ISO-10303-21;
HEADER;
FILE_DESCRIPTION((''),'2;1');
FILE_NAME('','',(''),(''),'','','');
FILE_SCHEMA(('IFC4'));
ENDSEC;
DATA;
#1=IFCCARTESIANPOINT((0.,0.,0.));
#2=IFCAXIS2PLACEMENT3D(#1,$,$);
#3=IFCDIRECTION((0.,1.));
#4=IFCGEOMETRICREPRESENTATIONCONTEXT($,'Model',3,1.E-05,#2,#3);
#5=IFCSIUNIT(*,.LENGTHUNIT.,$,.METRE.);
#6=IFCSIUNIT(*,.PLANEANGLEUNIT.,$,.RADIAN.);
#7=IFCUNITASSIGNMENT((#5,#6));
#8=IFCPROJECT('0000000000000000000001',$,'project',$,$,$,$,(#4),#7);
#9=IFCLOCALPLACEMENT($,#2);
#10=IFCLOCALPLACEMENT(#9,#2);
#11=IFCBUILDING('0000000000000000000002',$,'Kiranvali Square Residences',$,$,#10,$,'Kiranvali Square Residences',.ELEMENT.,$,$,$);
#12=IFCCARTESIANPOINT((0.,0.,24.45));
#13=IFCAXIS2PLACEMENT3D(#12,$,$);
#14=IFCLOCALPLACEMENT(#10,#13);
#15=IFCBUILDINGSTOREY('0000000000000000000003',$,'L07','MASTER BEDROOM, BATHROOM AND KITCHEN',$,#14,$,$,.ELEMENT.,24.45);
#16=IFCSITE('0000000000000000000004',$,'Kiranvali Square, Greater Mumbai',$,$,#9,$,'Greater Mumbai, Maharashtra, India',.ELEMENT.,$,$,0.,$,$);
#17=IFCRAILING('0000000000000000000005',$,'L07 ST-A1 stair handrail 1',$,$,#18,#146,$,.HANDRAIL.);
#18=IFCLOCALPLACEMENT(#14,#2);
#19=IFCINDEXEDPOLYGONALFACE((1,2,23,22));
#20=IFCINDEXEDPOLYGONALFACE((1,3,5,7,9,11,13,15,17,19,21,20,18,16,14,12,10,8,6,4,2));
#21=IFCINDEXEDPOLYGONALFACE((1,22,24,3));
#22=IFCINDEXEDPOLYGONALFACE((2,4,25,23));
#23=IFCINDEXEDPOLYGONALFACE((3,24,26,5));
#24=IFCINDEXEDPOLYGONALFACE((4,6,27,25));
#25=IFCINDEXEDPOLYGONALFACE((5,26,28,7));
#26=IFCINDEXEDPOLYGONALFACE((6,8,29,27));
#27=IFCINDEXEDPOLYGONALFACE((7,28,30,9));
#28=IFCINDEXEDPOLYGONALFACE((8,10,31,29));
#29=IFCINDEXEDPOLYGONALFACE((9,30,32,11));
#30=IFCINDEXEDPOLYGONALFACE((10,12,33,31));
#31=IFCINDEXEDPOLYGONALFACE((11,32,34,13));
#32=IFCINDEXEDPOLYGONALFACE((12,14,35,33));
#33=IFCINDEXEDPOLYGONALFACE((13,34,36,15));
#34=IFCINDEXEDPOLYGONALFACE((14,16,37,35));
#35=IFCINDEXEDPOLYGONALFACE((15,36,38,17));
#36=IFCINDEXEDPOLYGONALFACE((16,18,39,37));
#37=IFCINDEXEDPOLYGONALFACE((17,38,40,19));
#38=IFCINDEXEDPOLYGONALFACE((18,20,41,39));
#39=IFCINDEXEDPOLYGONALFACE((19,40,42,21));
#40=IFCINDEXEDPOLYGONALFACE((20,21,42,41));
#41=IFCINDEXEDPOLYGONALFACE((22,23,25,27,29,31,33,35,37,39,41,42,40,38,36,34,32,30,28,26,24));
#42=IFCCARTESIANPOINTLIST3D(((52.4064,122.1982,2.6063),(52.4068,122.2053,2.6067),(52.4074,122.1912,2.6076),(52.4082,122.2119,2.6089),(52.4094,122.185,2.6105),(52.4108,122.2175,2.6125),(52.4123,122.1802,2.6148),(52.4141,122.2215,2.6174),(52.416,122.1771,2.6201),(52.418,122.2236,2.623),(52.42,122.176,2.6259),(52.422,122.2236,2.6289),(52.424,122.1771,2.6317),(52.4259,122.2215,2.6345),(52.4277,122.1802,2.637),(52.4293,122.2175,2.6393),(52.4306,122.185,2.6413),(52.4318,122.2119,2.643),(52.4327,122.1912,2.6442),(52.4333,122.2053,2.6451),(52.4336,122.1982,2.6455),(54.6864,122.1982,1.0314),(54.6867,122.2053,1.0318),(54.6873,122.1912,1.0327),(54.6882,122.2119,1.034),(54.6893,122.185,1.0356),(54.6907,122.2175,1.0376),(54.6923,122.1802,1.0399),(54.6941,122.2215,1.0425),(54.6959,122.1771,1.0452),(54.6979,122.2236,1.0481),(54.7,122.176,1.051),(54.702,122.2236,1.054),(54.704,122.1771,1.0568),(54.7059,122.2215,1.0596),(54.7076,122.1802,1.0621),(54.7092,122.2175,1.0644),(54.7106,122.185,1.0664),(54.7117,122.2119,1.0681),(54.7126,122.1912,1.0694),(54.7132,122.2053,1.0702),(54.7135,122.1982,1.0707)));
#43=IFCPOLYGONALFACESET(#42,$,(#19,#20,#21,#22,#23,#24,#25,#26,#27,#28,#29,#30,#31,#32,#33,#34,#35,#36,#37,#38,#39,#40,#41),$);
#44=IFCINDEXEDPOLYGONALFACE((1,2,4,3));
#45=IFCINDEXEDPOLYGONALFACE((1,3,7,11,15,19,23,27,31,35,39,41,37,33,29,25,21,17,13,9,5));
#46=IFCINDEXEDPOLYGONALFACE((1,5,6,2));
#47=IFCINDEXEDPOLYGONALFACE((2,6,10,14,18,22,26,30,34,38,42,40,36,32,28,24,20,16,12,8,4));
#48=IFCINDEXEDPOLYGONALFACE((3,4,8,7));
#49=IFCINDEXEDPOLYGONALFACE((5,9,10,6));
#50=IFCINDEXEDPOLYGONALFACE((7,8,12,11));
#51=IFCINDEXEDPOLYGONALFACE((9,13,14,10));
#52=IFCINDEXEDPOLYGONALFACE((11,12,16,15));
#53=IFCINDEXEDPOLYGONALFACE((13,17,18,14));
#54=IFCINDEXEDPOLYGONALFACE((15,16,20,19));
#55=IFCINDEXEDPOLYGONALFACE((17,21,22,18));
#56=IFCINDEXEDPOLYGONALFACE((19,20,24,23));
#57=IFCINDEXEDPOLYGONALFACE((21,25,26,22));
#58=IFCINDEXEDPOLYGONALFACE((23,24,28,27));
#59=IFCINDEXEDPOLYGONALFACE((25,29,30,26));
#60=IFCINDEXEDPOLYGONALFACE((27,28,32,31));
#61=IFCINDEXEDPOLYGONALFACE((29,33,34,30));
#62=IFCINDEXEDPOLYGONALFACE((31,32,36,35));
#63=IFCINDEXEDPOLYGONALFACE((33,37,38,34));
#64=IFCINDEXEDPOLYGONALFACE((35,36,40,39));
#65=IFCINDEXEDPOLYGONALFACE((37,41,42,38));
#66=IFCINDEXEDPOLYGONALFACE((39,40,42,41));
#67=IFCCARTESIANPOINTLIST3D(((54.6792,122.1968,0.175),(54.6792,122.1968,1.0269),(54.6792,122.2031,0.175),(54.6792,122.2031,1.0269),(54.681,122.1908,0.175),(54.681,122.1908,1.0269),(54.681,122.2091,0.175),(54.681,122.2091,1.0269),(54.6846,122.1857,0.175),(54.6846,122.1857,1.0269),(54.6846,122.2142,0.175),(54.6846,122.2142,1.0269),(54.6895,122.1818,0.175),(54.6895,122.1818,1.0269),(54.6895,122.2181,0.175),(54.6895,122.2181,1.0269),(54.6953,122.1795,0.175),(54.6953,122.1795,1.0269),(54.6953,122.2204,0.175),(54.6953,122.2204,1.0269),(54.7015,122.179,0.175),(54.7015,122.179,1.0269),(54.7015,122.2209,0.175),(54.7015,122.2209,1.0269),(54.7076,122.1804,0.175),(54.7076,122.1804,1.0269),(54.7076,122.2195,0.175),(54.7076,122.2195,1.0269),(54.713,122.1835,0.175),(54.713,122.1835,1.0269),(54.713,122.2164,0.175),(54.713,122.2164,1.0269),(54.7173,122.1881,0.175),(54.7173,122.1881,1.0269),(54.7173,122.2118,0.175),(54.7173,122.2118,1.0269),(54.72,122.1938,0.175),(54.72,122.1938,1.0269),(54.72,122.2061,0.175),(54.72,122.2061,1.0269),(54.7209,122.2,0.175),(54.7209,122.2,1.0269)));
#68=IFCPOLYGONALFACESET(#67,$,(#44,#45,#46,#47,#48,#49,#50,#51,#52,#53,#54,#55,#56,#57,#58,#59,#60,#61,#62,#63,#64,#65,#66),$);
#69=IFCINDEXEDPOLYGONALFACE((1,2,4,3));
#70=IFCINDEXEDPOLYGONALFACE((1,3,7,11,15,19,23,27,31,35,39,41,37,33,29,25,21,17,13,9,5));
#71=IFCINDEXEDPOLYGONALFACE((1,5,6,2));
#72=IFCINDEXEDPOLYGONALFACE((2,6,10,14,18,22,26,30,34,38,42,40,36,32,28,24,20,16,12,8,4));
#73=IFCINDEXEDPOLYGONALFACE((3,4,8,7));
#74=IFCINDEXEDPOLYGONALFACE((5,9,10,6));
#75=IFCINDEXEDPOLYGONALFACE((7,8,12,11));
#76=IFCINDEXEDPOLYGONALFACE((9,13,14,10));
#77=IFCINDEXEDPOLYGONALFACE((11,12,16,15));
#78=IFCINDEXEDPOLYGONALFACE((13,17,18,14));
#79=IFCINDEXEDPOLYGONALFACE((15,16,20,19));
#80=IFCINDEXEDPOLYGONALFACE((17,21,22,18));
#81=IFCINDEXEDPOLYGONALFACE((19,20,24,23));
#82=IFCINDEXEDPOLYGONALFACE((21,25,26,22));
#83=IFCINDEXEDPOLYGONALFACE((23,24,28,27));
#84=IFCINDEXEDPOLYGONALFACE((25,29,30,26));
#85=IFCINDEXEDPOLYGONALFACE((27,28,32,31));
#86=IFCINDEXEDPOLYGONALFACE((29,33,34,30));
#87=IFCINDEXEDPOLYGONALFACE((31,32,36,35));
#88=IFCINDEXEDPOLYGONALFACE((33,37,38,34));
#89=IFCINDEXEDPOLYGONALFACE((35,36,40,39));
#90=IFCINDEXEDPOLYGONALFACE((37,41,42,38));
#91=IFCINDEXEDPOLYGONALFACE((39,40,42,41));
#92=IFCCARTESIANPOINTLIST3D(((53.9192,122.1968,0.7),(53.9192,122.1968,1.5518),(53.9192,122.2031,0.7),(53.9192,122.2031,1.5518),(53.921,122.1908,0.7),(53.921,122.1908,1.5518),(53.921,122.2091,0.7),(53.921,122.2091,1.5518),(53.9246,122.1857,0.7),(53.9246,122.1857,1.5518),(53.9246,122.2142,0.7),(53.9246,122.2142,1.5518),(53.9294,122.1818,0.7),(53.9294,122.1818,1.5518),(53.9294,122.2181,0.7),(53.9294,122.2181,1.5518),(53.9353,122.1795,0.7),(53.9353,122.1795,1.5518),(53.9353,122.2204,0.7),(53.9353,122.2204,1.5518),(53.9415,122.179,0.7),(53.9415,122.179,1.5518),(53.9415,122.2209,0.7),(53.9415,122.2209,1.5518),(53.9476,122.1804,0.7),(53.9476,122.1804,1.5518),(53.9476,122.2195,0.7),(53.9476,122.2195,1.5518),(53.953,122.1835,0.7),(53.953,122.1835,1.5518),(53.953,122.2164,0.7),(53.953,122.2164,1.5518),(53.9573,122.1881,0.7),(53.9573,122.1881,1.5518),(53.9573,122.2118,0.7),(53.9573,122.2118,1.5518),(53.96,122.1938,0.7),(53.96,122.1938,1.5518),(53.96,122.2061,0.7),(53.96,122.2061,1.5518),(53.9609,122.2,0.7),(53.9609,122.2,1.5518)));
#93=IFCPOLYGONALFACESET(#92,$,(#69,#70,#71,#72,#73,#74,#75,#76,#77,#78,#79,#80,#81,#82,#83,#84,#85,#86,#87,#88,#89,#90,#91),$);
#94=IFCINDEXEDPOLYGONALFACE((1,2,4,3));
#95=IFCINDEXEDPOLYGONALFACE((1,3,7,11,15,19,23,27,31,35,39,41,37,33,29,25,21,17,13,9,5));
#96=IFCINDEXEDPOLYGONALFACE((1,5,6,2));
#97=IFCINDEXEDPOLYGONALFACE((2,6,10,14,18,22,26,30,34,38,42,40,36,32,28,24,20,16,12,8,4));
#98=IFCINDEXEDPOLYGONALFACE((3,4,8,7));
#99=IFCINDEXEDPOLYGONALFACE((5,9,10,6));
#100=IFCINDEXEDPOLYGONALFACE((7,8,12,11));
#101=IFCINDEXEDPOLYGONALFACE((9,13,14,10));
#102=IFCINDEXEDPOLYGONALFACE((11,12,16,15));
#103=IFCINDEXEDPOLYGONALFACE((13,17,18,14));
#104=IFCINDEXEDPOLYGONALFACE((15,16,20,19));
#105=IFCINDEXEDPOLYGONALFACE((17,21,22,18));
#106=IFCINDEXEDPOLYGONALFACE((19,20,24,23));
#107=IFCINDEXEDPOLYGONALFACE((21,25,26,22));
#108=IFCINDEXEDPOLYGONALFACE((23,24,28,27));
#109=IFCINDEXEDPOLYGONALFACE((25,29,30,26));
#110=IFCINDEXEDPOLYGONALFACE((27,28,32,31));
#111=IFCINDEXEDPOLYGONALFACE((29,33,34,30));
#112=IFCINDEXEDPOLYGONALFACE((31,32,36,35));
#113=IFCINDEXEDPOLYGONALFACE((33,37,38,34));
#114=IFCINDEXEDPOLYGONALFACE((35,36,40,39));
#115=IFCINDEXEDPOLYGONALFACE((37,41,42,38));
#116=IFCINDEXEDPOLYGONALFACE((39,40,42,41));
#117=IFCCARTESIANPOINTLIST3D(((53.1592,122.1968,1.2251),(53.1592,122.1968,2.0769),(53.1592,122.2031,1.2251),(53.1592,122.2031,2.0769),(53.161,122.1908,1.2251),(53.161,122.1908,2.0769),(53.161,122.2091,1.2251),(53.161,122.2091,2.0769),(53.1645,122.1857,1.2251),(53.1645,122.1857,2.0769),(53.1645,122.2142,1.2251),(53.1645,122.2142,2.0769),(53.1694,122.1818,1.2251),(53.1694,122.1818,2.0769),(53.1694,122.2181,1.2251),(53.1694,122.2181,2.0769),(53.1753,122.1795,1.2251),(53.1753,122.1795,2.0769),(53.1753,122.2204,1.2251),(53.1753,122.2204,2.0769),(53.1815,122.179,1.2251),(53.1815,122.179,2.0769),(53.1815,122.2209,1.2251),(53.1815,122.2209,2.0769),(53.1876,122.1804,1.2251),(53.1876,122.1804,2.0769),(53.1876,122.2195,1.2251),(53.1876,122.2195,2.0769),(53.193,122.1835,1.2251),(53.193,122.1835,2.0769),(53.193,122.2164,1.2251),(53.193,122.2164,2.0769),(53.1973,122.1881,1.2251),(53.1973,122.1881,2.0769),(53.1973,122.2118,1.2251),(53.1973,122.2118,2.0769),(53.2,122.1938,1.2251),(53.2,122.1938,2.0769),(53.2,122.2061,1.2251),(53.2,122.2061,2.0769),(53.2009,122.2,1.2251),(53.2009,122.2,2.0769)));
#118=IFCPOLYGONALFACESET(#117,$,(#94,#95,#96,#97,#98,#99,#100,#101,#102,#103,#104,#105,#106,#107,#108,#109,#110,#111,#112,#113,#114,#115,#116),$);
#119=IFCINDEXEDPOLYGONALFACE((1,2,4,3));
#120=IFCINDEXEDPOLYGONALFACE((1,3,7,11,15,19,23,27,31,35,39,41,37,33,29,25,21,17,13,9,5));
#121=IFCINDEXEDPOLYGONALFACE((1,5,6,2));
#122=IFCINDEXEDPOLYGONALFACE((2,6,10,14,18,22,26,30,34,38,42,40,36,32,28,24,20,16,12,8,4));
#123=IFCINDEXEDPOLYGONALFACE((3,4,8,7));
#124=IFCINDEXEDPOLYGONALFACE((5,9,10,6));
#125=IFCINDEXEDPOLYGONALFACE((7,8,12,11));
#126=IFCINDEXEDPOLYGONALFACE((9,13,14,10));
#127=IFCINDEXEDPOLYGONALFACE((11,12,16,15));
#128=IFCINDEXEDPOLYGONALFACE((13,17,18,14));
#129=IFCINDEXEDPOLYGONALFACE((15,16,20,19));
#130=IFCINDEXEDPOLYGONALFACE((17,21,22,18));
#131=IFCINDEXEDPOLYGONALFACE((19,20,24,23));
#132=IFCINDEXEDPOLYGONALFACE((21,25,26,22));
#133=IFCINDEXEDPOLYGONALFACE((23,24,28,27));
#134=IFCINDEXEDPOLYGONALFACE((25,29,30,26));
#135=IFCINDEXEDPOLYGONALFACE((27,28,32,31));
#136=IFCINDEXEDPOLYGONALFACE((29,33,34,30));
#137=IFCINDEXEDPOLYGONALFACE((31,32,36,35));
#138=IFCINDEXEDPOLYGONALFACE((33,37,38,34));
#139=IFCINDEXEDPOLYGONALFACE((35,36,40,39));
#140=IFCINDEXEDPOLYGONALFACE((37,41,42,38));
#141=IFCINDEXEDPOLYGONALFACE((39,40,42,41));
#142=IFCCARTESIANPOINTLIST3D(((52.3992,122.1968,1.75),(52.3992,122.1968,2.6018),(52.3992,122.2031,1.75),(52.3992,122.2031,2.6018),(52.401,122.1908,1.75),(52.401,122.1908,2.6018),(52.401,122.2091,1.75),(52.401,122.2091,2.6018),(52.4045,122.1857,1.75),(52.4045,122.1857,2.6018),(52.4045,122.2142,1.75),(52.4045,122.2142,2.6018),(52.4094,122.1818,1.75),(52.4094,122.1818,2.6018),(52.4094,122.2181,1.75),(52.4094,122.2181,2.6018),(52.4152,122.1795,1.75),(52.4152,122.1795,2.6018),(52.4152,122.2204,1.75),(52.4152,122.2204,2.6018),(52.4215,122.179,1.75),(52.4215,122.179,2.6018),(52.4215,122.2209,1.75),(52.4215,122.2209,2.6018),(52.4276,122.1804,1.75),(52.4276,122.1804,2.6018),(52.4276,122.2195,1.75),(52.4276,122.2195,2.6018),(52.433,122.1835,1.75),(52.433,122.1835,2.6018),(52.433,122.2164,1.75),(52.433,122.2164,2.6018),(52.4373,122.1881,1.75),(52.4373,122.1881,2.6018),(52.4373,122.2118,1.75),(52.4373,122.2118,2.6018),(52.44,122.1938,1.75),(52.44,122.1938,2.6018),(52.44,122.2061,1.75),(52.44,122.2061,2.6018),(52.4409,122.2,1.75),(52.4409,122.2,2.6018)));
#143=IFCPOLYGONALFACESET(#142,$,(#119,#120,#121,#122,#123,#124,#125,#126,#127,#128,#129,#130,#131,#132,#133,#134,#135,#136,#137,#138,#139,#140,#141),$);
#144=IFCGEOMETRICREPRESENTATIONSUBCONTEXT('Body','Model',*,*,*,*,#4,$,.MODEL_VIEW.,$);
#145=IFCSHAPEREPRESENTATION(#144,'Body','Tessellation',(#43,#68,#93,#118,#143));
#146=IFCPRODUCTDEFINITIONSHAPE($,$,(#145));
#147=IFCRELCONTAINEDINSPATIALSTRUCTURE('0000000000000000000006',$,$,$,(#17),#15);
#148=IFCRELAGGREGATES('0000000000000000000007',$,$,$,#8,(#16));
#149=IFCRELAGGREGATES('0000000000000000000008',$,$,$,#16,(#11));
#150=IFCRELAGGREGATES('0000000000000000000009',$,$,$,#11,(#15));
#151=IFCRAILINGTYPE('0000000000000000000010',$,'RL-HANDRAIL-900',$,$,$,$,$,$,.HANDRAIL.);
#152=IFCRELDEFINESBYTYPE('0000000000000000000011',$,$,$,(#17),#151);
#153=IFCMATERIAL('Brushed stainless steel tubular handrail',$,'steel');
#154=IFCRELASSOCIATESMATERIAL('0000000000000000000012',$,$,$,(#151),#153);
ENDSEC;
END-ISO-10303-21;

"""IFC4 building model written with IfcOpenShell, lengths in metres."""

from ifc_helpers import new_model, si_unit, direction, frame, origin, origin_2d, place, context, subcontext, project, spatial, circle, extrude, material, type_object, element, save


model = new_model("IFC4")

# Units and contexts
model_context = context("Model", 3, precision=1e-05, world=origin(), true_north=direction((0.0, 1.0)))
body_context = subcontext(model_context, "Body", "Model", "MODEL_VIEW")
ifc_project = project(units=[si_unit("LENGTHUNIT", "METRE"), si_unit("PLANEANGLEUNIT", "RADIAN")], contexts=[model_context])

# Site, building, storey
site_placement = place(None, origin())
site = spatial("IfcSite", under=ifc_project, at=site_placement, Name="Kiranvali Square, Greater Mumbai", LongName="Greater Mumbai, Maharashtra, India", CompositionType="ELEMENT", RefElevation=0.0)
building_placement = place(site_placement, origin())
building = spatial("IfcBuilding", under=site, at=building_placement, Name="Kiranvali Square Residences", LongName="Kiranvali Square Residences", CompositionType="ELEMENT")
storey_placement = place(building_placement, frame((0.0, 0.0, 24.45)))
storey = spatial("IfcBuildingStorey", under=building, at=storey_placement, Name="L07", Description="MASTER BEDROOM, BATHROOM AND KITCHEN", CompositionType="ELEMENT", Elevation=24.45)

# Railing
ifc_material_1 = material(Name="Brushed stainless steel tubular handrail", Category="steel")
railing_type_1 = type_object("IfcRailingType", Name="RL-HANDRAIL-900", PredefinedType="HANDRAIL", material=ifc_material_1)
railing_1_placement = place(storey_placement, frame((54.7, 122.2, 0.175)))
element("IfcRailing", 1, at=railing_1_placement, inside=storey, type_object=railing_type_1, Name="L07 ST-A1 stair handrail 1", PredefinedType="HANDRAIL", context=body_context, shape_type="SweptSolid", body=[
    extrude(circle(Radius=0.0239, at=origin_2d()), frame((0.0, 0.0, 0.876), z_axis=(-0.822788, 0.0, 0.568348), x_axis=(0.0, -1.0, 0.0)), (0.0, 0.0, 1.0), 2.771),
    extrude(circle(Radius=0.021, at=origin_2d()), origin(), (0.0, 0.0, 1.0), 0.8518),
    extrude(circle(Radius=0.021, at=origin_2d()), frame((-0.76, 0.0, 0.5249)), (0.0, 0.0, 1.0), 0.8518),
    extrude(circle(Radius=0.021, at=origin_2d()), frame((-1.52, 0.0, 1.05)), (0.0, 0.0, 1.0), 0.8518),
    extrude(circle(Radius=0.021, at=origin_2d()), frame((-2.28, 0.0, 1.575)), (0.0, 0.0, 1.0), 0.8518),
])

save(model, "model.ifc")
